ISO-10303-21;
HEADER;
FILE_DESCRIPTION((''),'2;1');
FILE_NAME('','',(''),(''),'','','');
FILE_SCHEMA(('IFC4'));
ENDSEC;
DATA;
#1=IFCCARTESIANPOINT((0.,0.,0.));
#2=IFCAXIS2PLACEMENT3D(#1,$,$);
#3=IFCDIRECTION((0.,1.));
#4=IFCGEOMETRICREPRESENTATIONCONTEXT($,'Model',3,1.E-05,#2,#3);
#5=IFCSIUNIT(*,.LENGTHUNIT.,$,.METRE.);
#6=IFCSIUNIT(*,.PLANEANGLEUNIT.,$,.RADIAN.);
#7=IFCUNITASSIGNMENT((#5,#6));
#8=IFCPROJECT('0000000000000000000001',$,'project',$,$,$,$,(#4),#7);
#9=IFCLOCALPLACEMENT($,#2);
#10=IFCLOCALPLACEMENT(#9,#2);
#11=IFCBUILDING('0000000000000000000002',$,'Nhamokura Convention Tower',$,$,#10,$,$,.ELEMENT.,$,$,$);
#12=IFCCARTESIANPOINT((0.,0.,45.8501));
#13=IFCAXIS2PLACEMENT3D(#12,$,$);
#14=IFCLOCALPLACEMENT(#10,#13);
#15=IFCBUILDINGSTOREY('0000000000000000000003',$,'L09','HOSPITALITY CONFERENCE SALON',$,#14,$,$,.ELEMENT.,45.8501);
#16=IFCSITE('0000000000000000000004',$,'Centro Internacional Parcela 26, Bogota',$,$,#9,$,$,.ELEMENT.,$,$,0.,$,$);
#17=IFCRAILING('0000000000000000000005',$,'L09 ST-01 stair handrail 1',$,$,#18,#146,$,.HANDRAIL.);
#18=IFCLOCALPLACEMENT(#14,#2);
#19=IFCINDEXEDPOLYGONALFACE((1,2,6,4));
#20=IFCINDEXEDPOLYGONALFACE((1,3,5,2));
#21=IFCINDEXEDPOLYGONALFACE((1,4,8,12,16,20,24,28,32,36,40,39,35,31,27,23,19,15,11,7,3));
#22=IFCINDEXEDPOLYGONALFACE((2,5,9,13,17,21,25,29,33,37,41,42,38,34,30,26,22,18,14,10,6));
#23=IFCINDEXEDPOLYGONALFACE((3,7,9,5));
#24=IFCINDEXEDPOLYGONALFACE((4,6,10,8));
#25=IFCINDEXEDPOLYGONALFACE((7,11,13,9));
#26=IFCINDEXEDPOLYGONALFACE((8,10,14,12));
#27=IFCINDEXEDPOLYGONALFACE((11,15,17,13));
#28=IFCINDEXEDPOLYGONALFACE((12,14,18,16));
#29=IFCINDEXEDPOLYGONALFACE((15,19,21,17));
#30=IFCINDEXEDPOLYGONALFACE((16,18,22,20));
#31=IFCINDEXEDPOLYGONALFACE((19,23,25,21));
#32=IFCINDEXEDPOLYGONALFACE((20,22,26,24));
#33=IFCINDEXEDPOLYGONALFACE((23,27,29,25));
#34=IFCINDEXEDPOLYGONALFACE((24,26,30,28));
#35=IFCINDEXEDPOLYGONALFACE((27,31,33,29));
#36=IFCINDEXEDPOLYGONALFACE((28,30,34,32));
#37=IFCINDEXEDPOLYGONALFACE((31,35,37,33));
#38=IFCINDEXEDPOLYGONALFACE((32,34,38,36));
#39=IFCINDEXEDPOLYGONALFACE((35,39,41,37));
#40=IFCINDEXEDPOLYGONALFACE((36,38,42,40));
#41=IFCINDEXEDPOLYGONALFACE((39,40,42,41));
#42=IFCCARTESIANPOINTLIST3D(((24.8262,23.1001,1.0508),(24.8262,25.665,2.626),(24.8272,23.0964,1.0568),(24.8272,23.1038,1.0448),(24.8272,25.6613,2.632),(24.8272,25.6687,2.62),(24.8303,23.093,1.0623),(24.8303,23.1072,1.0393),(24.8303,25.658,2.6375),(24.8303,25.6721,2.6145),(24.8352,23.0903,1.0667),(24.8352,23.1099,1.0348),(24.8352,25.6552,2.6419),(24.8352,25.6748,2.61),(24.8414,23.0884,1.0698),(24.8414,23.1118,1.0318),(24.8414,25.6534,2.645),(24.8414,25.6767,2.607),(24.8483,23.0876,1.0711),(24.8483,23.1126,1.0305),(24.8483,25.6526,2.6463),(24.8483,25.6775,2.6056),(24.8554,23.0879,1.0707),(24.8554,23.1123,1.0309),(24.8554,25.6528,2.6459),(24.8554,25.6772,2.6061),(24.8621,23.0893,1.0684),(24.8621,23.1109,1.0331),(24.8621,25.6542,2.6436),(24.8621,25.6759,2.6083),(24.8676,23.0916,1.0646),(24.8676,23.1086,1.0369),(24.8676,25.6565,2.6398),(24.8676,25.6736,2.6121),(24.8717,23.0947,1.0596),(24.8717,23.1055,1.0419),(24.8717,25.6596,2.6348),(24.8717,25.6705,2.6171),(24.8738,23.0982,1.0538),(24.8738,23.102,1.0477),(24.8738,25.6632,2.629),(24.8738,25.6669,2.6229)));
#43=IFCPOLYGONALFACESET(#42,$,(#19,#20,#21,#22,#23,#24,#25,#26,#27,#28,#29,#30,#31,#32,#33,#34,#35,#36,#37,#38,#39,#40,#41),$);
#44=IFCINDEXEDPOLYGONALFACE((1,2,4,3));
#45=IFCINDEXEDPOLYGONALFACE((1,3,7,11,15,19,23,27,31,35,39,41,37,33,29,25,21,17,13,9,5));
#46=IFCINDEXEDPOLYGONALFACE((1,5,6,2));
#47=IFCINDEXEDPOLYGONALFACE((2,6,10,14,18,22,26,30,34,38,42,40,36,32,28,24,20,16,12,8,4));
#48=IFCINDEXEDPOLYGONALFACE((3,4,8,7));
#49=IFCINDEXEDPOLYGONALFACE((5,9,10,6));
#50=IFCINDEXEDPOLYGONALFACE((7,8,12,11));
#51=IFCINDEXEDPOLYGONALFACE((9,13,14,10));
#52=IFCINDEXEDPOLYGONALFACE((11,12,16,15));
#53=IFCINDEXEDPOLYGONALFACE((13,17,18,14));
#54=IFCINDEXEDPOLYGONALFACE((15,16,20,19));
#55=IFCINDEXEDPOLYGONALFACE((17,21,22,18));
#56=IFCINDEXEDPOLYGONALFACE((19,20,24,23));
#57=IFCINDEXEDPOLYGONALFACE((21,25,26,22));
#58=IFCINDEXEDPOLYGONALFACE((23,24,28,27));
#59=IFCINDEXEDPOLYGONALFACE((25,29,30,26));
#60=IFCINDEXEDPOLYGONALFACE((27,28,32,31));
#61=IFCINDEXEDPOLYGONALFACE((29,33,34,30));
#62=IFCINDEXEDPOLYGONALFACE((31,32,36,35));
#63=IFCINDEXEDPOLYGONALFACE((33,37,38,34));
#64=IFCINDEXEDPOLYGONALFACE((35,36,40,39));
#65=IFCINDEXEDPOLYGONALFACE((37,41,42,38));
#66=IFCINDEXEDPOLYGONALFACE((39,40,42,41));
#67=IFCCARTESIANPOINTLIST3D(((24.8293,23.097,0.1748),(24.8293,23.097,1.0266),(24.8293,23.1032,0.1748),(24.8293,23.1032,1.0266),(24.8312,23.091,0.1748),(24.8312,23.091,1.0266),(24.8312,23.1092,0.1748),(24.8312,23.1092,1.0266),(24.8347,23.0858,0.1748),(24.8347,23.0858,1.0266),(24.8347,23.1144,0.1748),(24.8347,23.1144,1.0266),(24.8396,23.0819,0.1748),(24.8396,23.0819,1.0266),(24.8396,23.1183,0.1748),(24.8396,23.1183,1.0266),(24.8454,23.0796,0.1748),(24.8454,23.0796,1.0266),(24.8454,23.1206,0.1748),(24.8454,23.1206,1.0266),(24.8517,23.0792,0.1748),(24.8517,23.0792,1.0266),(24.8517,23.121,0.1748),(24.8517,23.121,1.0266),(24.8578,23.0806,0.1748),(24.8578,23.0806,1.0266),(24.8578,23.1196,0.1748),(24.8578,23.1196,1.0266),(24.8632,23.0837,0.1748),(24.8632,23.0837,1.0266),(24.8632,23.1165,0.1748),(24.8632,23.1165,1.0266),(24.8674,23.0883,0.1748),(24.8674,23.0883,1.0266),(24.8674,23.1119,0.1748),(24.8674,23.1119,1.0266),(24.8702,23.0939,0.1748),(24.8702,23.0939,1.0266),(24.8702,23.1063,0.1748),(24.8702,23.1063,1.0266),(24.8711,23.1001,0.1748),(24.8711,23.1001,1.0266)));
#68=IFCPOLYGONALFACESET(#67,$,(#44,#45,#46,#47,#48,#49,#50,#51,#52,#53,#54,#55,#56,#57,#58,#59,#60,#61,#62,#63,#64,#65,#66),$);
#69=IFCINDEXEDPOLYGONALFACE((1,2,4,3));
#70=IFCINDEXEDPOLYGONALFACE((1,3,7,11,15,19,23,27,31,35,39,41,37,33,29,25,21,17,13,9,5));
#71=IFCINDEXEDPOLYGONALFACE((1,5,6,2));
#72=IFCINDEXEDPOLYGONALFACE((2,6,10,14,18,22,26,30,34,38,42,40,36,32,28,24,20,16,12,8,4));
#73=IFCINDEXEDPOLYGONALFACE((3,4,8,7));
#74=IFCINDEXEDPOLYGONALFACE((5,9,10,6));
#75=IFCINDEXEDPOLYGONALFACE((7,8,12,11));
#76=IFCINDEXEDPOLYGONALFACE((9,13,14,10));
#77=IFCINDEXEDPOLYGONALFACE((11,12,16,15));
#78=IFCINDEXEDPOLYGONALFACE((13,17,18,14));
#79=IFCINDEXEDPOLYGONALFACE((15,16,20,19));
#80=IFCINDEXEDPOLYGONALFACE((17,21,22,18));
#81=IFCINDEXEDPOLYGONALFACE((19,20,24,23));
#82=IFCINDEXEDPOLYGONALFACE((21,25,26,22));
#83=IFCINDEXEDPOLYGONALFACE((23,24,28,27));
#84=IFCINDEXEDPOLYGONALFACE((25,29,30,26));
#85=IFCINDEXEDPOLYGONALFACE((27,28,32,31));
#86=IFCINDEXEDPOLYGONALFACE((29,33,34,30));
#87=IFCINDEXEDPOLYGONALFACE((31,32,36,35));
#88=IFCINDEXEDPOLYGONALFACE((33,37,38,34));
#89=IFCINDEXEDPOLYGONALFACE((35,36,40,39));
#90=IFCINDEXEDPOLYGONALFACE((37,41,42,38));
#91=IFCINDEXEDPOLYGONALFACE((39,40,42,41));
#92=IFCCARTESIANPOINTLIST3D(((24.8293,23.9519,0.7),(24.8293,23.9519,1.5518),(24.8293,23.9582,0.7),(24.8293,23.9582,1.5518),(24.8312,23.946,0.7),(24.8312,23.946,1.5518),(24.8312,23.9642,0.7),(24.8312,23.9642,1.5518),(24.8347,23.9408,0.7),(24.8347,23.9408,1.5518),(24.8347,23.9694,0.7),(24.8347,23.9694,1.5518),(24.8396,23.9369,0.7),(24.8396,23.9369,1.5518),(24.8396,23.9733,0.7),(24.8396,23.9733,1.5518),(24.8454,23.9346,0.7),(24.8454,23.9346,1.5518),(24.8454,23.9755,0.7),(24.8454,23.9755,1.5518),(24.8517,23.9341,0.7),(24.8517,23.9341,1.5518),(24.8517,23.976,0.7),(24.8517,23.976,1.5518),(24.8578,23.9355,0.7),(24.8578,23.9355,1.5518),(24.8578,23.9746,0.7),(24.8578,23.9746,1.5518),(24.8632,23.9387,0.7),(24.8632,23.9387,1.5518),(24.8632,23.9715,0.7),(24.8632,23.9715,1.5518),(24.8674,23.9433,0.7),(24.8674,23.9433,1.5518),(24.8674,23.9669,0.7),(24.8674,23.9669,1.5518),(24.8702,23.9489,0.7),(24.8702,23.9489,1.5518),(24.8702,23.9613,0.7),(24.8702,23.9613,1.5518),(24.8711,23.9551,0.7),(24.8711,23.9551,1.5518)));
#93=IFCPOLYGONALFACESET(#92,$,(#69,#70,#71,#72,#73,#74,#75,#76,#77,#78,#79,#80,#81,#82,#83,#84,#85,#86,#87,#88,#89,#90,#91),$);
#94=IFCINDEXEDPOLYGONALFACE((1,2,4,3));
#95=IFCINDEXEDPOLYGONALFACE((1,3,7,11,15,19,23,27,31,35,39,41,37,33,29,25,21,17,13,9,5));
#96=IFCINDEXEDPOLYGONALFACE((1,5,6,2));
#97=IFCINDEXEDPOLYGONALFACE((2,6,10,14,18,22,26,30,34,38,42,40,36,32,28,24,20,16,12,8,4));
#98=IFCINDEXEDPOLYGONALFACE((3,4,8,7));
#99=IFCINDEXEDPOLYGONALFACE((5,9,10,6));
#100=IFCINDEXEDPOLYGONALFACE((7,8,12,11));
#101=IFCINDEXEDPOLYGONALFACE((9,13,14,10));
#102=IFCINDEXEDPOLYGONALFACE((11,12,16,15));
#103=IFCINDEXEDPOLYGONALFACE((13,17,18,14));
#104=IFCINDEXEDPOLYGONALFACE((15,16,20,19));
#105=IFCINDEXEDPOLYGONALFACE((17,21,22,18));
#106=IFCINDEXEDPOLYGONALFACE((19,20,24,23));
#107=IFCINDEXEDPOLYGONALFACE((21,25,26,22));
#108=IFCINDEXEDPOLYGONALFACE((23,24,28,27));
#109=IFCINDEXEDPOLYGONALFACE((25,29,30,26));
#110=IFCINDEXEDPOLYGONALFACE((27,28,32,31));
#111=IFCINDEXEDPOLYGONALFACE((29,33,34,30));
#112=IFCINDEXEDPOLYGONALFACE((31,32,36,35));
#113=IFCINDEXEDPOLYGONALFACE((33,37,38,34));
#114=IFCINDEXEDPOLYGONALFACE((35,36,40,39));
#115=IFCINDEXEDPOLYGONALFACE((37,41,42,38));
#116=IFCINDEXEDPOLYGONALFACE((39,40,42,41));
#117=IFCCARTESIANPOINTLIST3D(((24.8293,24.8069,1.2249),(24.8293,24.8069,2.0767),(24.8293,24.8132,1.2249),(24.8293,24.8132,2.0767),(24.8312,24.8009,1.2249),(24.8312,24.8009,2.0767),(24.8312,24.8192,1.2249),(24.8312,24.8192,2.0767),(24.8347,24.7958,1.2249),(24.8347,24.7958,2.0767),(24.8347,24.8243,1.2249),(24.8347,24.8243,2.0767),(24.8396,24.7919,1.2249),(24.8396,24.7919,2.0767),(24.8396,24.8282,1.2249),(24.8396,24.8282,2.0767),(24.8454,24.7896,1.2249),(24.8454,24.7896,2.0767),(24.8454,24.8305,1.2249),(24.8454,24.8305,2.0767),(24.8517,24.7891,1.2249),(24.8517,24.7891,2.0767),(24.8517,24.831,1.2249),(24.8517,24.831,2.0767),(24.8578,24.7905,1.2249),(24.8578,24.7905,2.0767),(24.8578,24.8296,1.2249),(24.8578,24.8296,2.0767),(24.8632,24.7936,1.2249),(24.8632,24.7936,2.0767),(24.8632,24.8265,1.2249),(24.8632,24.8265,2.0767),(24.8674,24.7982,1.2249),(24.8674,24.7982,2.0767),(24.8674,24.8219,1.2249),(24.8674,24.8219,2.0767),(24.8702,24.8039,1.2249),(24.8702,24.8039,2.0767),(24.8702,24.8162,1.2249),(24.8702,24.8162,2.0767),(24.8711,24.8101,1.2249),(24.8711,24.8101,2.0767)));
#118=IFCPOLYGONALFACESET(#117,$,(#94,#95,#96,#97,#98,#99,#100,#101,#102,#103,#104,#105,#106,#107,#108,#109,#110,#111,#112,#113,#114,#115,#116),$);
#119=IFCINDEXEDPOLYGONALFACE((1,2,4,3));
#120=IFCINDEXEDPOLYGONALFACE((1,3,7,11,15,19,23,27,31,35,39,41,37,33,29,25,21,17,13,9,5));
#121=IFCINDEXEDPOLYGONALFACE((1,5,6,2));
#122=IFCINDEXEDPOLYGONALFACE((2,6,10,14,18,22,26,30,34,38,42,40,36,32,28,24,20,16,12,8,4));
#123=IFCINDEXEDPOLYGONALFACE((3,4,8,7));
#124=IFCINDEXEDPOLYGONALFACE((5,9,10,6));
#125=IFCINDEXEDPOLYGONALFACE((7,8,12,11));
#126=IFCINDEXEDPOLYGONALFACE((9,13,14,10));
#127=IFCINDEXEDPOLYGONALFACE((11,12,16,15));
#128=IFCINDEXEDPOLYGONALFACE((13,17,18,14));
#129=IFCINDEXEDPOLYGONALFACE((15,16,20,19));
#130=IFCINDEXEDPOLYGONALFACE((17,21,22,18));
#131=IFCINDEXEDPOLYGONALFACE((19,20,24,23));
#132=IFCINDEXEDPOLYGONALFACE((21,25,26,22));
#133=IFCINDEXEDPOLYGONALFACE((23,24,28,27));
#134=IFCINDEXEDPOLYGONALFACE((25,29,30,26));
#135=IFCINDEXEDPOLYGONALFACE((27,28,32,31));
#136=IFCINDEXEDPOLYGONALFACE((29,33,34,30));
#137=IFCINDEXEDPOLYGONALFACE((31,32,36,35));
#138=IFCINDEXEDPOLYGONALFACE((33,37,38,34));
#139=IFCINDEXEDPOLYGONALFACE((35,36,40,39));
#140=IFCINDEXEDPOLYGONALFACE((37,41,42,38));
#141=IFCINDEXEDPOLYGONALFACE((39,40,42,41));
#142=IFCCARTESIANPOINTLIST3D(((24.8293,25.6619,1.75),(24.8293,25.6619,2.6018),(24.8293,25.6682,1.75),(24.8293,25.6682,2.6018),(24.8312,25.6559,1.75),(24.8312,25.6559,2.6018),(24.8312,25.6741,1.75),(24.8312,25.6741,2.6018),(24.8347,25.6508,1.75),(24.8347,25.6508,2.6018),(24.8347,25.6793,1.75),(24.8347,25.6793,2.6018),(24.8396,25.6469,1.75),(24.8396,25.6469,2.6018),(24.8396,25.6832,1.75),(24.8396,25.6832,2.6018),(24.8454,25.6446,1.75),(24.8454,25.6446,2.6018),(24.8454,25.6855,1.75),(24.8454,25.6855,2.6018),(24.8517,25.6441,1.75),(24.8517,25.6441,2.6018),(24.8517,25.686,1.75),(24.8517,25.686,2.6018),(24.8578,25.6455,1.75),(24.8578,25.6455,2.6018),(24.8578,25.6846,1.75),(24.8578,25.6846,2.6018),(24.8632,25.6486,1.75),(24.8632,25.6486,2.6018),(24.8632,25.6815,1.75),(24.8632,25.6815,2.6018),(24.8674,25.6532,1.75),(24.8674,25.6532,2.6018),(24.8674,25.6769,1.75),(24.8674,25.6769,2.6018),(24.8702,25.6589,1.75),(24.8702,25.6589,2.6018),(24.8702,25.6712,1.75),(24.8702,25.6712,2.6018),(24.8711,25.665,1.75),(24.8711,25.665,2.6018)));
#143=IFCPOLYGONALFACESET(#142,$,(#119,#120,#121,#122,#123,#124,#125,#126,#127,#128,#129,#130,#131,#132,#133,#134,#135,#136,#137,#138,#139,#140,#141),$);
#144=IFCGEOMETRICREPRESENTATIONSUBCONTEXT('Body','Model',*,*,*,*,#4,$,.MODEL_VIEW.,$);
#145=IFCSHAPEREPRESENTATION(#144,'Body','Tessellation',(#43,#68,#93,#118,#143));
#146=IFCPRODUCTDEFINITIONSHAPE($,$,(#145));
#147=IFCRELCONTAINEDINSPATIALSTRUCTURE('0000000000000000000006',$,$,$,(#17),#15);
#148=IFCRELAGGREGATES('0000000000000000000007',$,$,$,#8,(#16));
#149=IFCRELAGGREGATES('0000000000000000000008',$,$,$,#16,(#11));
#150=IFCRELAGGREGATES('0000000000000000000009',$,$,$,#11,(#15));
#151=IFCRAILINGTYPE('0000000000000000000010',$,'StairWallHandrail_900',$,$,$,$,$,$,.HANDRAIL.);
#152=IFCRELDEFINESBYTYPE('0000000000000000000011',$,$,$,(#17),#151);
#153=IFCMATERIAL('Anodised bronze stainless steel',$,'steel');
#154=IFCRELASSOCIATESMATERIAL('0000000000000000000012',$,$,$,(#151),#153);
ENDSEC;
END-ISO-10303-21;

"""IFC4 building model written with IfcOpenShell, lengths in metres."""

from ifc_helpers import new_model, si_unit, direction, frame, origin, origin_2d, place, context, subcontext, project, spatial, circle, extrude, material, type_object, element, save


model = new_model("IFC4")

# Units and contexts
model_context = context("Model", 3, precision=1e-05, world=origin(), true_north=direction((0.0, 1.0)))
body_context = subcontext(model_context, "Body", "Model", "MODEL_VIEW")
ifc_project = project(units=[si_unit("LENGTHUNIT", "METRE"), si_unit("PLANEANGLEUNIT", "RADIAN")], contexts=[model_context])

# Site, building, storey
site_placement = place(None, origin())
site = spatial("IfcSite", under=ifc_project, at=site_placement, Name="Centro Internacional Parcela 26, Bogota", CompositionType="ELEMENT", RefElevation=0.0)
building_placement = place(site_placement, origin())
building = spatial("IfcBuilding", under=site, at=building_placement, Name="Nhamokura Convention Tower", CompositionType="ELEMENT")
storey_placement = place(building_placement, frame((0.0, 0.0, 45.8501)))
storey = spatial("IfcBuildingStorey", under=building, at=storey_placement, Name="L09", Description="HOSPITALITY CONFERENCE SALON", CompositionType="ELEMENT", Elevation=45.8501)

# Railing
ifc_material_1 = material(Name="Anodised bronze stainless steel", Category="steel")
railing_type_1 = type_object("IfcRailingType", Name="StairWallHandrail_900", PredefinedType="HANDRAIL", material=ifc_material_1)
railing_1_placement = place(storey_placement, frame((24.8501, 23.1001, 0.1748)))
element("IfcRailing", 1, at=railing_1_placement, inside=storey, type_object=railing_type_1, Name="L09 ST-01 stair handrail 1", PredefinedType="HANDRAIL", context=body_context, shape_type="SweptSolid", body=[
    extrude(circle(Radius=0.0239, at=origin_2d()), frame((0.0, 0.0, 0.876), z_axis=(0.0, 0.852137, 0.523319), x_axis=(-1.0, 0.0, 0.0)), (0.0, 0.0, 1.0), 3.01),
    extrude(circle(Radius=0.021, at=origin_2d()), origin(), (0.0, 0.0, 1.0), 0.8518),
    extrude(circle(Radius=0.021, at=origin_2d()), frame((0.0, 0.855, 0.5251)), (0.0, 0.0, 1.0), 0.8518),
    extrude(circle(Radius=0.021, at=origin_2d()), frame((0.0, 1.71, 1.05)), (0.0, 0.0, 1.0), 0.8518),
    extrude(circle(Radius=0.021, at=origin_2d()), frame((0.0, 2.5649, 1.5752)), (0.0, 0.0, 1.0), 0.8518),
])

save(model, "model.ifc")
